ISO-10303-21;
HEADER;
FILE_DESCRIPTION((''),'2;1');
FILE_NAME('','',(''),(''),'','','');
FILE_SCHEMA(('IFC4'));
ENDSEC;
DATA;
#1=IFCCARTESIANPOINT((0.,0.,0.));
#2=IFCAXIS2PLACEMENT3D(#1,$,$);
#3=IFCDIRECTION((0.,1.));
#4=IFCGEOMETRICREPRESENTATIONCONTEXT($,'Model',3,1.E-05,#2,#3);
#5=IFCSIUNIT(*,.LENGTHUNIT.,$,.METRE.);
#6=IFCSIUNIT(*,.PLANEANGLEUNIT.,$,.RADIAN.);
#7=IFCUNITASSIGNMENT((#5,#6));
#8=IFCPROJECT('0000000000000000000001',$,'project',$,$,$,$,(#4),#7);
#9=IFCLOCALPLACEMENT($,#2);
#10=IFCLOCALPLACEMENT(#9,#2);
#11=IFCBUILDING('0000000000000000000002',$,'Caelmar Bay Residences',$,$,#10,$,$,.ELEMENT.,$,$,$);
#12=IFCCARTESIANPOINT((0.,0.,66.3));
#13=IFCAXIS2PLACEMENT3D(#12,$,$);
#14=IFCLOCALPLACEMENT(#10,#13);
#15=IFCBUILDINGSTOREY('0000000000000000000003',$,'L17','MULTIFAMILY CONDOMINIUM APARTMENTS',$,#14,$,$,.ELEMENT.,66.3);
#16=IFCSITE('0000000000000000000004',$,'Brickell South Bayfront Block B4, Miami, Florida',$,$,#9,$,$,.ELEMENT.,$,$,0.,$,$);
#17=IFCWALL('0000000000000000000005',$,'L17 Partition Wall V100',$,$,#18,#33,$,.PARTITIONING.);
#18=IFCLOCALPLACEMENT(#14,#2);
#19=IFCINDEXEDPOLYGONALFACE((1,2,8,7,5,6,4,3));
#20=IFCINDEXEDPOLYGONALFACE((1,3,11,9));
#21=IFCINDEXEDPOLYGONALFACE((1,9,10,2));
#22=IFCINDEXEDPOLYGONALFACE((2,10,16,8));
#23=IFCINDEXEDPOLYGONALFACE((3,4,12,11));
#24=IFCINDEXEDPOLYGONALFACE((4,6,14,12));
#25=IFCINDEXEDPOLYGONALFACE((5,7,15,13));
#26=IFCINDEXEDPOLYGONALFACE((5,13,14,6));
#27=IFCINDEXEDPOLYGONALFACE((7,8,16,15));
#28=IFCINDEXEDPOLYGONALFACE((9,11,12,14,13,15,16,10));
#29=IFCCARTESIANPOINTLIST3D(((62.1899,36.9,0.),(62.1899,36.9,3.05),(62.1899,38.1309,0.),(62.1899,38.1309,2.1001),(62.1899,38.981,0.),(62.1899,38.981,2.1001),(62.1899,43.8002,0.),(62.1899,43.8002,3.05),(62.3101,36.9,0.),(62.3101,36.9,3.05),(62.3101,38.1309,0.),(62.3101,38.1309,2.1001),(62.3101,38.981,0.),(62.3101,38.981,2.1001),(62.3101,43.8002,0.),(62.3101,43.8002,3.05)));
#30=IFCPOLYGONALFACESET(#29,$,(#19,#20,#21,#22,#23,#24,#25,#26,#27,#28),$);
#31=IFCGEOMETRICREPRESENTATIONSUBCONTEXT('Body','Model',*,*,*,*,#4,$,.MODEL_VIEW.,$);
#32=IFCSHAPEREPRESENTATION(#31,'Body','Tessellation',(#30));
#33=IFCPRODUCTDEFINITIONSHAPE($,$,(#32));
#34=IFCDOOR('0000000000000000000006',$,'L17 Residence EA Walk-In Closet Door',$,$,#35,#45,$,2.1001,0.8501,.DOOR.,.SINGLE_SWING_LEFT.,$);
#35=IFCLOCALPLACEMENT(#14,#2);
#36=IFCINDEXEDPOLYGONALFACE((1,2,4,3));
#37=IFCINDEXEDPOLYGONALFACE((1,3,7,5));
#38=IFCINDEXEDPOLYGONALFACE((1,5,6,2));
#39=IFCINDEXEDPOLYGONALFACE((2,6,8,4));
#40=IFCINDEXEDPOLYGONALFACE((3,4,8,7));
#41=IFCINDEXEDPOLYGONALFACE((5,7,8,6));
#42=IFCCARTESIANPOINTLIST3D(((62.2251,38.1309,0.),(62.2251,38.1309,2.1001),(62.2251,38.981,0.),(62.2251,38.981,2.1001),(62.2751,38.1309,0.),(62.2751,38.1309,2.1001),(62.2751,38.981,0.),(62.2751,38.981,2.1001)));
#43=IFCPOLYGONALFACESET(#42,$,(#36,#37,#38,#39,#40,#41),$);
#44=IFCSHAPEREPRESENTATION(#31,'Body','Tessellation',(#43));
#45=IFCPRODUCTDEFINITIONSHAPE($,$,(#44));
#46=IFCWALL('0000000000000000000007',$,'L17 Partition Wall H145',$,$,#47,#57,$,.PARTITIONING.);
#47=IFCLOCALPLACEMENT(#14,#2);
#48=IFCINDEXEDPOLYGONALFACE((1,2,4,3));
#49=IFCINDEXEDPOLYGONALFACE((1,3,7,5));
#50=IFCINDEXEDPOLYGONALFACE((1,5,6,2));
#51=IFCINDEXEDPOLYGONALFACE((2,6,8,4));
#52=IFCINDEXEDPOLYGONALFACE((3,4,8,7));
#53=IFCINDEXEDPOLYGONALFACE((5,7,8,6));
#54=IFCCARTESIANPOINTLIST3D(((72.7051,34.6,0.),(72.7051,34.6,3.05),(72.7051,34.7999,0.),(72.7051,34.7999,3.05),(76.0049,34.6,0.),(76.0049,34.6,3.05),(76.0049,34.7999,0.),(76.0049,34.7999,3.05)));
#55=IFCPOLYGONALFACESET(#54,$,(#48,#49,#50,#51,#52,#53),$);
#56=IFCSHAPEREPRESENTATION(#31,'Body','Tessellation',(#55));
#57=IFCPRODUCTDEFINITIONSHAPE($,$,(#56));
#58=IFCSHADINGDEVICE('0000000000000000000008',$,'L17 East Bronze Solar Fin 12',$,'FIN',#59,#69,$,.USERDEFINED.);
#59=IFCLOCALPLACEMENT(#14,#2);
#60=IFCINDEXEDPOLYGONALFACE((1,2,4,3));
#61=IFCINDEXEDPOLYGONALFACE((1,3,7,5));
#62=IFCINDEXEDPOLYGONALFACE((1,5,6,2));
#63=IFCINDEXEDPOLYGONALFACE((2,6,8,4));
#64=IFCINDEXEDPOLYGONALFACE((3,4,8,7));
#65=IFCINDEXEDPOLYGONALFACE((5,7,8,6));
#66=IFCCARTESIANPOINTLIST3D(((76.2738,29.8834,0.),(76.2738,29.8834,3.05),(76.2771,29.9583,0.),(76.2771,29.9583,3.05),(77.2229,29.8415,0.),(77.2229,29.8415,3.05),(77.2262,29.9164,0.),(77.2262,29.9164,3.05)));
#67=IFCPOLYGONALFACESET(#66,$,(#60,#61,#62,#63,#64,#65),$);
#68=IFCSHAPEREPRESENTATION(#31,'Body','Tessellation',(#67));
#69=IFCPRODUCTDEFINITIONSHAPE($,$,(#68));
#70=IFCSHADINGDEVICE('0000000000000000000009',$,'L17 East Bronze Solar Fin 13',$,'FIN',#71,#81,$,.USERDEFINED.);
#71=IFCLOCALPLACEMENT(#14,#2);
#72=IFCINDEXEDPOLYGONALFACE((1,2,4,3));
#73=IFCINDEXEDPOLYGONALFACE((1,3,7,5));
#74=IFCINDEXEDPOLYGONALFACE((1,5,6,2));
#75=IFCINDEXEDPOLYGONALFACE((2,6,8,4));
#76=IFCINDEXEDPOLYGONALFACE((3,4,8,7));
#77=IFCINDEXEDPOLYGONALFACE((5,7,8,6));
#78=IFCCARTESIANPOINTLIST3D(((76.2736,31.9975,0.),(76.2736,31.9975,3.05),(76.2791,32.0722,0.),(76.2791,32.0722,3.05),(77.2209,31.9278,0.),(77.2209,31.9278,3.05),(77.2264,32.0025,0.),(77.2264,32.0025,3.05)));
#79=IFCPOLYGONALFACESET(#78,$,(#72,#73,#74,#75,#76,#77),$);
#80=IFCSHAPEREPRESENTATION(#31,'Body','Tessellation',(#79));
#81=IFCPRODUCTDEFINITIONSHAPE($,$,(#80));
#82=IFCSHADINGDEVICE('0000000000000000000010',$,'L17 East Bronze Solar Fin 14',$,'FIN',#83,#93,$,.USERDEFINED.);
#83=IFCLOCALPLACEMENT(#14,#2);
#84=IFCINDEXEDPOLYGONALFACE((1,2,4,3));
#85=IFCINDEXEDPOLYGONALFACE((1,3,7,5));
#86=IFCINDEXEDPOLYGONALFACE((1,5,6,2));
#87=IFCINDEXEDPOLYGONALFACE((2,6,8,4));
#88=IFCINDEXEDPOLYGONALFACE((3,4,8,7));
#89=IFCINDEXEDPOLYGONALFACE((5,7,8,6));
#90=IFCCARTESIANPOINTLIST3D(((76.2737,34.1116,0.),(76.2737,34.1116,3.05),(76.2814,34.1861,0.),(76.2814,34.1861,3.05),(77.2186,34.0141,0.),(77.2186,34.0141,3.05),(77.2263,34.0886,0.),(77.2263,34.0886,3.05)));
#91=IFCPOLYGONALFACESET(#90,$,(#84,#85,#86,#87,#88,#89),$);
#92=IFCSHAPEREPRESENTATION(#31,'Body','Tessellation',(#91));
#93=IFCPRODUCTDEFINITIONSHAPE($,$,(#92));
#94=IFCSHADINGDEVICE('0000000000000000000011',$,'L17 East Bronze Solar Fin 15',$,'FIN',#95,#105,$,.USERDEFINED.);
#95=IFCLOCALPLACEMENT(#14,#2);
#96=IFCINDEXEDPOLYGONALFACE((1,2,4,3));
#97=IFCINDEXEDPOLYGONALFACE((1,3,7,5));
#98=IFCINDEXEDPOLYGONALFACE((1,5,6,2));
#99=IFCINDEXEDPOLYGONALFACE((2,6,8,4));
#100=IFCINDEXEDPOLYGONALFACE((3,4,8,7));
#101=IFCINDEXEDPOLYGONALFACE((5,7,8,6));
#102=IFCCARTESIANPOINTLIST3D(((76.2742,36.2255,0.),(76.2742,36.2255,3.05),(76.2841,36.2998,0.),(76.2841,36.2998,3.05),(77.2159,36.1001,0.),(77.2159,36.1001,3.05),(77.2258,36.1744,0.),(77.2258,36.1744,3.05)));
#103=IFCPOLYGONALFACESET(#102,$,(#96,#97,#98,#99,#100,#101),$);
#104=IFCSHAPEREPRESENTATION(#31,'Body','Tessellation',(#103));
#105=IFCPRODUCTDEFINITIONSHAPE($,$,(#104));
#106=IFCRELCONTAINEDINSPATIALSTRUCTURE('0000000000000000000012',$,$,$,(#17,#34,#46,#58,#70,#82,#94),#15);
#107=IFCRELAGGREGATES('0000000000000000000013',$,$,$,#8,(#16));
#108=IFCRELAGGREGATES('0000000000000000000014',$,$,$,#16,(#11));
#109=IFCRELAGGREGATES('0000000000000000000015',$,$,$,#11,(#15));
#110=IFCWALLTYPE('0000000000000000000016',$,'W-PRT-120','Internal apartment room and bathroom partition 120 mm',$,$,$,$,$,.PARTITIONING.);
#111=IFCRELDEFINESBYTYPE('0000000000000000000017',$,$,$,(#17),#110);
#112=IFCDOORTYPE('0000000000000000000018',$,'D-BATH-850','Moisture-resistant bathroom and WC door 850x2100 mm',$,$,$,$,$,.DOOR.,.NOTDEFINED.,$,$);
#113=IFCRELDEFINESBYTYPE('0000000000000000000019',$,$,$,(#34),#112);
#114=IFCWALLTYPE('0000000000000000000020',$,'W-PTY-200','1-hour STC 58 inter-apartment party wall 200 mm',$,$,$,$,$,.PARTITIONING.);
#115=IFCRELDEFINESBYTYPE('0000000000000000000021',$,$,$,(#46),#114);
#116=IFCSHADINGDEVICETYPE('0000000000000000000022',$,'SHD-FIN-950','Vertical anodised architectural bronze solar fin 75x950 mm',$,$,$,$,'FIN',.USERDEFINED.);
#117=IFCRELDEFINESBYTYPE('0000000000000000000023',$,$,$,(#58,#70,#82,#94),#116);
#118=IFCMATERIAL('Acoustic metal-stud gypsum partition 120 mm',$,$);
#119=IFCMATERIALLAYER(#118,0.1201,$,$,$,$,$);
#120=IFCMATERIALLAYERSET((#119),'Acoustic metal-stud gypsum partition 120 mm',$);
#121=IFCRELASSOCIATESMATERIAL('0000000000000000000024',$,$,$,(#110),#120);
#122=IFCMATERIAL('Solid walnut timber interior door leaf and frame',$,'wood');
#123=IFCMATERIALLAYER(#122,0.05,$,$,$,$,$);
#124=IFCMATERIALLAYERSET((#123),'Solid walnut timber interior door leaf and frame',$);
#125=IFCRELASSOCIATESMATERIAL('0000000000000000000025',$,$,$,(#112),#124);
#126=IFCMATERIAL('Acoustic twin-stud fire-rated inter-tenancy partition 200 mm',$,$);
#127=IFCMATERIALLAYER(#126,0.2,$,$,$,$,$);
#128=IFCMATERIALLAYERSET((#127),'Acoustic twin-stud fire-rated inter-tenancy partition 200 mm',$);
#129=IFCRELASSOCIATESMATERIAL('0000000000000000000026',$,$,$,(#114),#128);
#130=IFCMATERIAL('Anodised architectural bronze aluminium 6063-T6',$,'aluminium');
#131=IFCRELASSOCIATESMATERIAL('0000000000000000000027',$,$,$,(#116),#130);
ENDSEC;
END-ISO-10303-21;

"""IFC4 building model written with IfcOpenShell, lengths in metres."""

from ifc_helpers import new_model, si_unit, direction, frame, frame_2d, origin, origin_2d, place, context, subcontext, project, spatial, rectangle, extrude, material, layer, layer_set, material_profile, profile_set, type_object, element, fill, save


model = new_model("IFC4")

# Units and contexts
model_context = context("Model", 3, precision=1e-05, world=origin(), true_north=direction((0.0, 1.0)))
body_context = subcontext(model_context, "Body", "Model", "MODEL_VIEW")
ifc_project = project(units=[si_unit("LENGTHUNIT", "METRE"), si_unit("PLANEANGLEUNIT", "RADIAN")], contexts=[model_context])

# Site, building, storey
site_placement = place(None, origin())
site = spatial("IfcSite", under=ifc_project, at=site_placement, Name="Brickell South Bayfront Block B4, Miami, Florida", CompositionType="ELEMENT", RefElevation=0.0)
building_placement = place(site_placement, origin())
building = spatial("IfcBuilding", under=site, at=building_placement, Name="Caelmar Bay Residences", CompositionType="ELEMENT")
storey_placement = place(building_placement, frame((0.0, 0.0, 66.3)))
storey = spatial("IfcBuildingStorey", under=building, at=storey_placement, Name="L17", Description="MULTIFAMILY CONDOMINIUM APARTMENTS", CompositionType="ELEMENT", Elevation=66.3)

# Wall, opening, door
ifc_material_1 = material(Name="Acoustic metal-stud gypsum partition 120 mm")
ifc_layer_1 = layer(ifc_material_1, 0.1201)
ifc_layer_set_1 = layer_set([ifc_layer_1], Name="Acoustic metal-stud gypsum partition 120 mm")
wall_type_1 = type_object("IfcWallType", Name="W-PRT-120", Description="Internal apartment room and bathroom partition 120 mm", PredefinedType="PARTITIONING", material=ifc_layer_set_1)
wall_1_placement = place(storey_placement, frame((62.25, 36.8999, 0.0), z_axis=(0.0, 0.0, 1.0), x_axis=(0.0, 1.0, 0.0)))
wall_1 = element("IfcWall", 1, at=wall_1_placement, inside=storey, type_object=wall_type_1, Name="L17 Partition Wall V100", PredefinedType="PARTITIONING", context=body_context, shape_type="SweptSolid", body=[
    extrude(rectangle(XDim=6.9001, YDim=0.1201, at=frame_2d((3.4502, 0.0))), origin(), (0.0, 0.0, 1.0), 3.05),
])
opening_1_placement = place(wall_1_placement, frame((1.231, 0.0, 0.0)))
opening_1 = element("IfcOpeningElement", 2, at=opening_1_placement, cuts=wall_1, PredefinedType="OPENING", context=body_context, shape_type="SweptSolid", body=[
    extrude(rectangle(XDim=0.8501, YDim=2.1001, at=frame_2d((0.425, 1.05))), frame((0.0, 0.0701, 0.0), z_axis=(0.0, -1.0, 0.0), x_axis=(1.0, 0.0, 0.0)), (0.0, 0.0, 1.0), 0.1401),
])
ifc_material_2 = material(Name="Solid walnut timber interior door leaf and frame", Category="wood")
ifc_layer_2 = layer(ifc_material_2, 0.05)
ifc_layer_set_2 = layer_set([ifc_layer_2], Name="Solid walnut timber interior door leaf and frame")
door_type_1 = type_object("IfcDoorType", Name="D-BATH-850", Description="Moisture-resistant bathroom and WC door 850x2100 mm", OperationType="NOTDEFINED", PredefinedType="DOOR", material=ifc_layer_set_2)
door_1_placement = place(opening_1_placement, origin())
door_1 = element("IfcDoor", 3, at=door_1_placement, inside=storey, type_object=door_type_1, Name="L17 Residence EA Walk-In Closet Door", OperationType="SINGLE_SWING_LEFT", OverallHeight=2.1001, OverallWidth=0.8501, PredefinedType="DOOR", context=body_context, shape_type="SweptSolid", body=[
    extrude(rectangle(XDim=0.8501, YDim=2.1001, at=frame_2d((0.425, 1.05))), frame((0.0, 0.0249, 0.0), z_axis=(0.0, -1.0, 0.0), x_axis=(1.0, 0.0, 0.0)), (0.0, 0.0, 1.0), 0.05),
])
fill(opening_1, door_1)

# Wall
ifc_material_3 = material(Name="Acoustic twin-stud fire-rated inter-tenancy partition 200 mm")
ifc_layer_3 = layer(ifc_material_3, 0.2)
ifc_layer_set_3 = layer_set([ifc_layer_3], Name="Acoustic twin-stud fire-rated inter-tenancy partition 200 mm")
wall_type_2 = type_object("IfcWallType", Name="W-PTY-200", Description="1-hour STC 58 inter-apartment party wall 200 mm", PredefinedType="PARTITIONING", material=ifc_layer_set_3)
wall_2_placement = place(storey_placement, frame((72.7051, 34.7, 0.0), z_axis=(0.0, 0.0, 1.0), x_axis=(1.0, 0.0, 0.0)))
element("IfcWall", 4, at=wall_2_placement, inside=storey, type_object=wall_type_2, Name="L17 Partition Wall H145", PredefinedType="PARTITIONING", context=body_context, shape_type="SweptSolid", body=[
    extrude(rectangle(XDim=3.2998, YDim=0.2, at=frame_2d((1.6499, 0.0))), origin(), (0.0, 0.0, 1.0), 3.05),
])

# Shading devices
ifc_material_4 = material(Name="Anodised architectural bronze aluminium 6063-T6", Category="aluminium")
ifc_material_profile_1 = material_profile(ifc_material_4, rectangle(XDim=0.075, YDim=0.95, at=origin_2d()), Name="BRONZE-FIN-75X950")
ifc_profile_set_1 = profile_set([ifc_material_profile_1], Name="Anodised architectural bronze aluminium 6063-T6")
shading_device_type = type_object("IfcShadingDeviceType", Name="SHD-FIN-950", Description="Vertical anodised architectural bronze solar fin 75x950 mm", ElementType="FIN", PredefinedType="USERDEFINED", material=ifc_profile_set_1)
for number, where, z_axis, x_axis, name in (
    (5, (76.75, 29.8999, 0.0), (0.0, 0.0, 1.0), (0.044142, 0.999025, 0.0), "L17 East Bronze Solar Fin 12"),
    (6, (76.75, 32.0, 0.0), (0.0, 0.0, 1.0), (0.073412, 0.997302, 0.0), "L17 East Bronze Solar Fin 13"),
    (7, (76.75, 34.1001, 0.0), (0.0, 0.0, 1.0), (0.102619, 0.994721, 0.0), "L17 East Bronze Solar Fin 14"),
    (8, (76.75, 36.2, 0.0), (0.0, 0.0, 1.0), (0.13191, 0.991262, 0.0), "L17 East Bronze Solar Fin 15"),
):
    element("IfcShadingDevice", number, at=place(storey_placement, frame(where, z_axis=z_axis, x_axis=x_axis)), inside=storey, type_object=shading_device_type, Name=name, ObjectType="FIN", PredefinedType="USERDEFINED", context=body_context, shape_type="SweptSolid", body=[
        extrude(rectangle(XDim=0.075, YDim=0.95, at=origin_2d()), origin(), (0.0, 0.0, 1.0), 3.05),
    ])

save(model, "model.ifc")
